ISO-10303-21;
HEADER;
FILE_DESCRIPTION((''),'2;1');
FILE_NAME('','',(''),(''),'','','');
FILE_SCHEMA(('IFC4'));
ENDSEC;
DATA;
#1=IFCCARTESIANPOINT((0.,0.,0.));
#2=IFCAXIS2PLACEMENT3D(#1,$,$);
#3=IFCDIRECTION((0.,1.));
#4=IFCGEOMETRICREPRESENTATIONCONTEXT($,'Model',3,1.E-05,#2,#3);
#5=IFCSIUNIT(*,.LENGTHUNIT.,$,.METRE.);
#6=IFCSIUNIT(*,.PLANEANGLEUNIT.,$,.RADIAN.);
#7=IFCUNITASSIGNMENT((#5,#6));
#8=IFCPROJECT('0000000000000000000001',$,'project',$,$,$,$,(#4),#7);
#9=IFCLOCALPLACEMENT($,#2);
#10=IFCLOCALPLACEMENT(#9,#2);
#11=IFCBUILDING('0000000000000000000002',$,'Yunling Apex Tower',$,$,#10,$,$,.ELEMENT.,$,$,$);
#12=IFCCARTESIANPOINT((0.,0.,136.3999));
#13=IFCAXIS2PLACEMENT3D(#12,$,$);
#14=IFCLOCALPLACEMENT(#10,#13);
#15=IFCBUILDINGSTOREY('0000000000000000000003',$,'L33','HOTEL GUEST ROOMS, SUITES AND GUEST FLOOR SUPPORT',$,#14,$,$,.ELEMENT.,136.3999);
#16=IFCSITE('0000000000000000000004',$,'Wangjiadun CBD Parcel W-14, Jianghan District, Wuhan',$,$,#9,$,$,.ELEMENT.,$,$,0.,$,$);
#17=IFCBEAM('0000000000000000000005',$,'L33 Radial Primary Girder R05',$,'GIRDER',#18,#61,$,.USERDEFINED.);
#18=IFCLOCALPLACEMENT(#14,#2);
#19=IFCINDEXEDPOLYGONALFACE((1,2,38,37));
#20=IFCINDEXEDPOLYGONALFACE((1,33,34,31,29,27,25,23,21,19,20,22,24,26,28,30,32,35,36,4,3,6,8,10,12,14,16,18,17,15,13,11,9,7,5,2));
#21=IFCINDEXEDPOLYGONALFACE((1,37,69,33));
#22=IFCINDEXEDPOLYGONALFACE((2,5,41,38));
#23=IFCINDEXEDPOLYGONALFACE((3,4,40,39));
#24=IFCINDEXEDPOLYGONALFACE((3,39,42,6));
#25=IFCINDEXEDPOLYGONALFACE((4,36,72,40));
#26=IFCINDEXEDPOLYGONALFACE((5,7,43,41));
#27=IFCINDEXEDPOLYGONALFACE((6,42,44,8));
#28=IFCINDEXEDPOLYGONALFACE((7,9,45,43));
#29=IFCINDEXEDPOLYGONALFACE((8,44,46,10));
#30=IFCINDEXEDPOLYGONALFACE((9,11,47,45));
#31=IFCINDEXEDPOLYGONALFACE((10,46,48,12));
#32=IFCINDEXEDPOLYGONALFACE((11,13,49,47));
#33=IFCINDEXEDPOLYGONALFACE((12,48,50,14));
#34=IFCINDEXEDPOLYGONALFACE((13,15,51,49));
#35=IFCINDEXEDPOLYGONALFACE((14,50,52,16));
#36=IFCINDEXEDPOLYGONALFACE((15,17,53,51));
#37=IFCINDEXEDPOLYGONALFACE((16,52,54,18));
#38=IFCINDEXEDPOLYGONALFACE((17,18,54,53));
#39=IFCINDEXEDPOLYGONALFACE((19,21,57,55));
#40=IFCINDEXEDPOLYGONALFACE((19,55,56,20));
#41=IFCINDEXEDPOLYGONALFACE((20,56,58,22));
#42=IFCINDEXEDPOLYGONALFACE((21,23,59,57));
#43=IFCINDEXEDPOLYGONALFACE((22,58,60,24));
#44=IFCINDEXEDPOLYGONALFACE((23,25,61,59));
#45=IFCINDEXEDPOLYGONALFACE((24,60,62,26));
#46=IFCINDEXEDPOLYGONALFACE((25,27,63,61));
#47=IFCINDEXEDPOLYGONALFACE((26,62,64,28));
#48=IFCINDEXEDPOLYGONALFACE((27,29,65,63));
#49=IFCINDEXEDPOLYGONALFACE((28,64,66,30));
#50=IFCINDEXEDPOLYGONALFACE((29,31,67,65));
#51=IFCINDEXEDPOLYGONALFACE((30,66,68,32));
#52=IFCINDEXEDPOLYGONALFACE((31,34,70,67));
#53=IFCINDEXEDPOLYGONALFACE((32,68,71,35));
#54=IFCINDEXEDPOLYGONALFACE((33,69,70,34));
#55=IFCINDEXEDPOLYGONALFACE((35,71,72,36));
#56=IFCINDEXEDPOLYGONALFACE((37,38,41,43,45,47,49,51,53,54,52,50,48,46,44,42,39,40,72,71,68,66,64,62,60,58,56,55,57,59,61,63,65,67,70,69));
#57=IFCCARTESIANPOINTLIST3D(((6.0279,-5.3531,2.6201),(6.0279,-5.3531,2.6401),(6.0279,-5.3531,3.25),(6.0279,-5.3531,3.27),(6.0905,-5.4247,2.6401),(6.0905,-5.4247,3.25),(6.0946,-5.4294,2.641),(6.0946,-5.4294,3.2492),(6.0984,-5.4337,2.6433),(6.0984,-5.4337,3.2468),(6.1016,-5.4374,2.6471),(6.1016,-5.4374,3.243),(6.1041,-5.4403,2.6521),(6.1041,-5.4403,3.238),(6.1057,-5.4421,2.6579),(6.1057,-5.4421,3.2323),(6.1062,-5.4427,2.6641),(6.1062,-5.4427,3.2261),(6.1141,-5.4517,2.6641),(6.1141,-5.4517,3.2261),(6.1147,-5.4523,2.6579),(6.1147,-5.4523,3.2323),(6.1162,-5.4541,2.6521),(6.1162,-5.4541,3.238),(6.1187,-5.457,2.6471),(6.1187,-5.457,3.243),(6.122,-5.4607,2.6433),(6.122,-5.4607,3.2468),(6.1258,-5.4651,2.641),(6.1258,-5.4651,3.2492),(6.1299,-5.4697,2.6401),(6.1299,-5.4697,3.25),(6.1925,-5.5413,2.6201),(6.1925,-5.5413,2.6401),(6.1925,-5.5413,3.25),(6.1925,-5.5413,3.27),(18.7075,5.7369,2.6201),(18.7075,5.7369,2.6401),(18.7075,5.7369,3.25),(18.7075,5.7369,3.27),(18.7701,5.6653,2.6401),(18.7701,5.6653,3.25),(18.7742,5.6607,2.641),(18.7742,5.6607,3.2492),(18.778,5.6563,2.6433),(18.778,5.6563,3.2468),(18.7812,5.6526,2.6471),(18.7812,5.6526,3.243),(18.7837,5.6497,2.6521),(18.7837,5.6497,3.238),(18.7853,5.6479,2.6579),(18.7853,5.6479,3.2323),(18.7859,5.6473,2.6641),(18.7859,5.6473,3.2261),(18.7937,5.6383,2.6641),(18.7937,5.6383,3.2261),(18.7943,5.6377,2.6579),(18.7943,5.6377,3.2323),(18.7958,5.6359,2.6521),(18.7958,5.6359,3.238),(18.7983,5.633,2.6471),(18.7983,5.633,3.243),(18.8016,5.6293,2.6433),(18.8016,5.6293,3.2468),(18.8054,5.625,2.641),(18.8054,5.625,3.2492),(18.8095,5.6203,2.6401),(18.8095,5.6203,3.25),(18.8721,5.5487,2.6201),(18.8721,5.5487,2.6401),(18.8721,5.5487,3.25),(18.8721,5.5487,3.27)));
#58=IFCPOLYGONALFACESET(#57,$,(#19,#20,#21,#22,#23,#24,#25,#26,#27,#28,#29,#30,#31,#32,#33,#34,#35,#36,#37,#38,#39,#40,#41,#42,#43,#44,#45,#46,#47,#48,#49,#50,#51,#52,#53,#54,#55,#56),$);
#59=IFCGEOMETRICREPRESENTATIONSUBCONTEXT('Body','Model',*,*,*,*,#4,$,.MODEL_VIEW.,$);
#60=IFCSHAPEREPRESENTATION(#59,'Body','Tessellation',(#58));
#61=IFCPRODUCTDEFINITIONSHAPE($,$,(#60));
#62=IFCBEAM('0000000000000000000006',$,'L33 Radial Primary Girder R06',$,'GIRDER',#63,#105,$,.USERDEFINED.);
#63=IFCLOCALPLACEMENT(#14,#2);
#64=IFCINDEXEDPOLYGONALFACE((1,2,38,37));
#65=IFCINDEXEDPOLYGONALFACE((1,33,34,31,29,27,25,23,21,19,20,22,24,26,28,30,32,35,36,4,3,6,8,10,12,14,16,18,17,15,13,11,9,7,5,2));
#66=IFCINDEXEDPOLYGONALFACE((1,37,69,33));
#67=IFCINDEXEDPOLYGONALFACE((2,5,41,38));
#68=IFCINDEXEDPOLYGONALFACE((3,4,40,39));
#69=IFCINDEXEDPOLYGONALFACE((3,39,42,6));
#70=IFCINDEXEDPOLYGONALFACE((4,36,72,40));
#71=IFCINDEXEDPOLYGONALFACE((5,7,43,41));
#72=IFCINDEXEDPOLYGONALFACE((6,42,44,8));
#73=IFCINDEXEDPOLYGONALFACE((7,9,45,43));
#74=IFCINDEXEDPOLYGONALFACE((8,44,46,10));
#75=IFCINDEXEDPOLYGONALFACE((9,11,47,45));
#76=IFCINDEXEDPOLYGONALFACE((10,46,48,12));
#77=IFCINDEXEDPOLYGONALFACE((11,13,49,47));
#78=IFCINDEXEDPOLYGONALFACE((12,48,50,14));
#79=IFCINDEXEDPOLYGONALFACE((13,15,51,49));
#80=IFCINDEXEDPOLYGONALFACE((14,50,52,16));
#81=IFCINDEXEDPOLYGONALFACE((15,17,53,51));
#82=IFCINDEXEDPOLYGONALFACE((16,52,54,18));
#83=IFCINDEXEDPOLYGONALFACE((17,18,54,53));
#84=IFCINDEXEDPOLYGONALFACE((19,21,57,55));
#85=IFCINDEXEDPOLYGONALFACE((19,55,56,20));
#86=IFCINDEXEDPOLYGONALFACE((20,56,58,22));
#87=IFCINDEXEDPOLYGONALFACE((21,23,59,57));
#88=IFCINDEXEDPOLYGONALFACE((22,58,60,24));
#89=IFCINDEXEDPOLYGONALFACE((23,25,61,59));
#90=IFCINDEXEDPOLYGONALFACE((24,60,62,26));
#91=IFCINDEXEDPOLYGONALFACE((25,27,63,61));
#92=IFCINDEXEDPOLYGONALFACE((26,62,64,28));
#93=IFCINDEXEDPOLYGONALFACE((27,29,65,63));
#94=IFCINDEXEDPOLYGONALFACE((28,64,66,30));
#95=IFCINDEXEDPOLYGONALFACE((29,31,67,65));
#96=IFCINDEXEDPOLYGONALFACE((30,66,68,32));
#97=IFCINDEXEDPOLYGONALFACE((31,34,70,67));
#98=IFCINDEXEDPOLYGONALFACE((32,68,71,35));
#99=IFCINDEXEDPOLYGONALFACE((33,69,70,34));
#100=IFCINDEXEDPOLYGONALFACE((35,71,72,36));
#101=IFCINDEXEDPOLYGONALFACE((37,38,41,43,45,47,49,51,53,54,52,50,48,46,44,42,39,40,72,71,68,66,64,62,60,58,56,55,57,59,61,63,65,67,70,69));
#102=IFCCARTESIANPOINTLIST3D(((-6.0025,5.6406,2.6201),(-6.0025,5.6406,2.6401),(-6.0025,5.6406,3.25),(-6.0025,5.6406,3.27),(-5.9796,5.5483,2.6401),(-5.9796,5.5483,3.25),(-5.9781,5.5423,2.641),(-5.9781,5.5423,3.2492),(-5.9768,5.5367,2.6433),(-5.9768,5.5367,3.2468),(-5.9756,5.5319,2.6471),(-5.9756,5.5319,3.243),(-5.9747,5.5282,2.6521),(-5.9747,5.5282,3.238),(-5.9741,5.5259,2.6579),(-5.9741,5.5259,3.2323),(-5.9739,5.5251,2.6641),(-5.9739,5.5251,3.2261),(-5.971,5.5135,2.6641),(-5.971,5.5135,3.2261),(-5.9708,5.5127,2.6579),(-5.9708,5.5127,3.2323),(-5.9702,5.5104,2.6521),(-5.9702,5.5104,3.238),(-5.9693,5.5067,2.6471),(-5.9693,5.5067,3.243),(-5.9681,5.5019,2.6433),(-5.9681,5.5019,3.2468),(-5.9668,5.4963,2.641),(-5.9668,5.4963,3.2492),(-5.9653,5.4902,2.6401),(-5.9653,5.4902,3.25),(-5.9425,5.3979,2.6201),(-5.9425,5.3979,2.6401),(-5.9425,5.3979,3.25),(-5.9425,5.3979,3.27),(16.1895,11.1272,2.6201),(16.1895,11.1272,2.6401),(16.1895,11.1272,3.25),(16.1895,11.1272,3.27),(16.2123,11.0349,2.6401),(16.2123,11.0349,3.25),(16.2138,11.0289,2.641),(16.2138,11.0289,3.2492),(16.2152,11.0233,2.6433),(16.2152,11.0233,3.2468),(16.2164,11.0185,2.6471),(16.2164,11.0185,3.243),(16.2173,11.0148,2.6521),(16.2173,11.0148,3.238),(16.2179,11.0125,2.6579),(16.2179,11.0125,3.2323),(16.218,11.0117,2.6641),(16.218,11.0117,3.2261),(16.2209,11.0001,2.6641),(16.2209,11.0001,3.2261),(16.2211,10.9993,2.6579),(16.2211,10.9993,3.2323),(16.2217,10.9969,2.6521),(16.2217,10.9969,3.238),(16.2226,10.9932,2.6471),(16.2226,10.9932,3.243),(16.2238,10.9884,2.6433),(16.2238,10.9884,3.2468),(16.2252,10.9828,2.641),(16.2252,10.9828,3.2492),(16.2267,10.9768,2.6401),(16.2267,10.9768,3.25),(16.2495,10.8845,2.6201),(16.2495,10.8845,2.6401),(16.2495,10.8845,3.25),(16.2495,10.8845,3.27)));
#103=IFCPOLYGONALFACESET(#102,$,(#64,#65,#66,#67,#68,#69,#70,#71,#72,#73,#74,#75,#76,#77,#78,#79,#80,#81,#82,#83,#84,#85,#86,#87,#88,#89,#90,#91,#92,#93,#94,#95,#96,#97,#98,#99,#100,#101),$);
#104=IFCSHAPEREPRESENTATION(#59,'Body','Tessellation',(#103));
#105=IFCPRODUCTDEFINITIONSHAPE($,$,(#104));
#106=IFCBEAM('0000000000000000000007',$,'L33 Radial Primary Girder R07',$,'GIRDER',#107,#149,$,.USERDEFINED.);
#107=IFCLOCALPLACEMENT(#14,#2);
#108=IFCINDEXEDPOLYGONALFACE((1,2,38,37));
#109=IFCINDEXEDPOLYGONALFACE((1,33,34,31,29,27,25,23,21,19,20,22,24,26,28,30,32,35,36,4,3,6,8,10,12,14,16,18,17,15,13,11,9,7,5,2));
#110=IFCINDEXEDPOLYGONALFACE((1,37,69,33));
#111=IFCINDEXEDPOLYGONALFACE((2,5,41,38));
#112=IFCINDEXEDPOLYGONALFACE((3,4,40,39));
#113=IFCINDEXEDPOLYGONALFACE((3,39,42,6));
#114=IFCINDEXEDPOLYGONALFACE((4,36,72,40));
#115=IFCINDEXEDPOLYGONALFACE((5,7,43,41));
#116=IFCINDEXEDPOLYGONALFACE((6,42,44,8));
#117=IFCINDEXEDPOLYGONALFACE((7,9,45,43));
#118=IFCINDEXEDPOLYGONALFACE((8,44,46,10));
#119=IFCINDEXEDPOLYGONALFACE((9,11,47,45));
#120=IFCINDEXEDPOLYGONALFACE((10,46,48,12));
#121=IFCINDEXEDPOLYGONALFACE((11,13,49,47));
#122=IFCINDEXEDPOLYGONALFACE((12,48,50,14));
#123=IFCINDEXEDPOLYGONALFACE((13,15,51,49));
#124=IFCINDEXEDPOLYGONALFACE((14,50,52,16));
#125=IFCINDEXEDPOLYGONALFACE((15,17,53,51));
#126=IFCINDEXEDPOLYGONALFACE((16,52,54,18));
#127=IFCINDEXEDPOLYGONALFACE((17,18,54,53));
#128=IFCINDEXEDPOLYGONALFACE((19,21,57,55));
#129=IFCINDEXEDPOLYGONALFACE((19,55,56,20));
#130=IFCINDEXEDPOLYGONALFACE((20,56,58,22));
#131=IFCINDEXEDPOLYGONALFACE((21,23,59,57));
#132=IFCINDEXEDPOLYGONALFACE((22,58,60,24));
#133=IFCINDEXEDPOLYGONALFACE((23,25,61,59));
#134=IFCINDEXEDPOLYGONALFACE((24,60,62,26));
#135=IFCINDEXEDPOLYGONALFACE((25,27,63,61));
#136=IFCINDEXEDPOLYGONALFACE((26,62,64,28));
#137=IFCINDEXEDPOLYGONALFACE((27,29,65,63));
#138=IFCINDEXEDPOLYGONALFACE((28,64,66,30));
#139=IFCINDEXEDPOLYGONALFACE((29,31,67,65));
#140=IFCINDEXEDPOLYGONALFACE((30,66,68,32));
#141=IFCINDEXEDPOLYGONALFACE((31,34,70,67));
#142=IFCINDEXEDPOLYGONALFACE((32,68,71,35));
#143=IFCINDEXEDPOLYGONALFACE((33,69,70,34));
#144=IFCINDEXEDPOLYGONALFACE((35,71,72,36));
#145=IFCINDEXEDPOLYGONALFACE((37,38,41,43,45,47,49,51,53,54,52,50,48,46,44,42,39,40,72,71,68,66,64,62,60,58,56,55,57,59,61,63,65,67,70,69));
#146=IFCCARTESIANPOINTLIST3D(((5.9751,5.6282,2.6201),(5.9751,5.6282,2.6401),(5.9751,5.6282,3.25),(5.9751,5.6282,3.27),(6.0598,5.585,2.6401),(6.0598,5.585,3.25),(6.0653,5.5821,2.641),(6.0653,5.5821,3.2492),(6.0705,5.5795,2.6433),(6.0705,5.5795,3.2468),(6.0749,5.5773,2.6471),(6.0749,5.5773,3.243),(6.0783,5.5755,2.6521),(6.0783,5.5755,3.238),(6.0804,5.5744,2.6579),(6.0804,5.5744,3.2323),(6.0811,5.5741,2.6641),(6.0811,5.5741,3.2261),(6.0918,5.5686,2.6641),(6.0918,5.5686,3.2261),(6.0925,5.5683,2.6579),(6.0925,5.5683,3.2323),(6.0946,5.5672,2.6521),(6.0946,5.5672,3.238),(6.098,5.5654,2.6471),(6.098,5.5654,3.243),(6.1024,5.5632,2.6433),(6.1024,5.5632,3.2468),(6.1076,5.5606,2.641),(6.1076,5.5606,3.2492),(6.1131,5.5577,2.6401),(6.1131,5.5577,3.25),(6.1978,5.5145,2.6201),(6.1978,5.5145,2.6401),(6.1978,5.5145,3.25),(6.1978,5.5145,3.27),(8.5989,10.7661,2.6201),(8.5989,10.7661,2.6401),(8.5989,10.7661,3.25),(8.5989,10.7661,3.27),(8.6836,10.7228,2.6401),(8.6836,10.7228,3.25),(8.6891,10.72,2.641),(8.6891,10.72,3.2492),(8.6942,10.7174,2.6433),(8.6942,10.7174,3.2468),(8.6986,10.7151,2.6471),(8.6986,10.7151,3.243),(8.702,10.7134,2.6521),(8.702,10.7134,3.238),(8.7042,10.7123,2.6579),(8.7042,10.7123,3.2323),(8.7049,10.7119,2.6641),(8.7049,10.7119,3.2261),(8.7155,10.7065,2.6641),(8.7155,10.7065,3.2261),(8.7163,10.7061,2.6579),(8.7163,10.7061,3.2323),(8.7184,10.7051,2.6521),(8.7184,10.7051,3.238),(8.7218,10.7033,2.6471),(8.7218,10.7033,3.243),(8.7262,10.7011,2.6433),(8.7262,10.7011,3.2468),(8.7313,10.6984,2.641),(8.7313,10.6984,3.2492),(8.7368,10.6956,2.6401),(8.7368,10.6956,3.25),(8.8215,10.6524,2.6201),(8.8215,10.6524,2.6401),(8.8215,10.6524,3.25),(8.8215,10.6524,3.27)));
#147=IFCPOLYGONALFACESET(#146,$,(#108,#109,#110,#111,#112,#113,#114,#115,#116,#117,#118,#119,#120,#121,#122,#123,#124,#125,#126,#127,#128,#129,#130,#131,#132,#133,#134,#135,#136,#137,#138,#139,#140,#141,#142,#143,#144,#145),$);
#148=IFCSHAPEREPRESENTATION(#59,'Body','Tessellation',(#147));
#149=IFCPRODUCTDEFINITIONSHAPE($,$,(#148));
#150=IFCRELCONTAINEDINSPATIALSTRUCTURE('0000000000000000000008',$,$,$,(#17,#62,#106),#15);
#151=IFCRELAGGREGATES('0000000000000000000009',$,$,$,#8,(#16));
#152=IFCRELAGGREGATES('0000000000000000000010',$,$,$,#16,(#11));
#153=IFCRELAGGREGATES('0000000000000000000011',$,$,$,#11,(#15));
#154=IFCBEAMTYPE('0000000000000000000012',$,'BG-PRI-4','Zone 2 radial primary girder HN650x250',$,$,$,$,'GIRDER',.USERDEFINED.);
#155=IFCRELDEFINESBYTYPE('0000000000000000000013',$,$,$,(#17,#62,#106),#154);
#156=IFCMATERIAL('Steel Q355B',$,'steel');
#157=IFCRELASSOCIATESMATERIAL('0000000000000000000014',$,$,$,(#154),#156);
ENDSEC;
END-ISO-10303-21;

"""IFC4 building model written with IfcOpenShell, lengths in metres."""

from ifc_helpers import new_model, si_unit, direction, frame, origin, origin_2d, place, context, subcontext, project, spatial, i_section, extrude, source, transform, mapped, material, material_profile, profile_set, type_object, element, save


model = new_model("IFC4")

# Units and contexts
model_context = context("Model", 3, precision=1e-05, world=origin(), true_north=direction((0.0, 1.0)))
body_context = subcontext(model_context, "Body", "Model", "MODEL_VIEW")
ifc_project = project(units=[si_unit("LENGTHUNIT", "METRE"), si_unit("PLANEANGLEUNIT", "RADIAN")], contexts=[model_context])

# Site, building, storey
site_placement = place(None, origin())
site = spatial("IfcSite", under=ifc_project, at=site_placement, Name="Wangjiadun CBD Parcel W-14, Jianghan District, Wuhan", CompositionType="ELEMENT", RefElevation=0.0)
building_placement = place(site_placement, origin())
building = spatial("IfcBuilding", under=site, at=building_placement, Name="Yunling Apex Tower", CompositionType="ELEMENT")
storey_placement = place(building_placement, frame((0.0, 0.0, 136.3999)))
storey = spatial("IfcBuildingStorey", under=building, at=storey_placement, Name="L33", Description="HOTEL GUEST ROOMS, SUITES AND GUEST FLOOR SUPPORT", CompositionType="ELEMENT", Elevation=136.3999)

# Beams
ifc_material_1 = material(Name="Steel Q355B", Category="steel")
ifc_material_profile_1 = material_profile(ifc_material_1, i_section(OverallWidth=0.25, OverallDepth=0.6499, WebThickness=0.012, FlangeThickness=0.02, FilletRadius=0.0239, at=origin_2d()))
ifc_profile_set_1 = profile_set([ifc_material_profile_1], Name="Steel Q355B")
beam_type_1 = type_object("IfcBeamType", Name="BG-PRI-4", Description="Zone 2 radial primary girder HN650x250", ElementType="GIRDER", PredefinedType="USERDEFINED", material=ifc_profile_set_1)
shared_shape_1 = source(origin(), body_context, "Body", "SweptSolid", [
    extrude(i_section(OverallWidth=0.25, OverallDepth=0.6499, WebThickness=0.012, FlangeThickness=0.02, FilletRadius=0.0239, at=origin_2d()), origin(), (0.0, 0.0, 1.0), 16.8452),
])
beam_1_placement = place(storey_placement, frame((18.7898, 5.6428, 2.9451), z_axis=(-0.752713, -0.658349, 0.0), x_axis=(0.658349, -0.752713, 0.0)))
element("IfcBeam", 1, at=beam_1_placement, inside=storey, type_object=beam_type_1, Name="L33 Radial Primary Girder R05", ObjectType="GIRDER", PredefinedType="USERDEFINED", context=body_context, shape_type="MappedRepresentation", body=[
    mapped(shared_shape_1, transform((0.0, 0.0, 0.0), scale=1.0)),
])
shared_shape_2 = source(origin(), body_context, "Body", "SweptSolid", [
    extrude(i_section(OverallWidth=0.25, OverallDepth=0.6499, WebThickness=0.012, FlangeThickness=0.02, FilletRadius=0.0239, at=origin_2d()), origin(), (0.0, 0.0, 1.0), 22.8601),
])
beam_2_placement = place(storey_placement, frame((16.2195, 11.0059, 2.9451), z_axis=(-0.970771, -0.240007, 0.0), x_axis=(0.240007, -0.970771, 0.0)))
element("IfcBeam", 2, at=beam_2_placement, inside=storey, type_object=beam_type_1, Name="L33 Radial Primary Girder R06", ObjectType="GIRDER", PredefinedType="USERDEFINED", context=body_context, shape_type="MappedRepresentation", body=[
    mapped(shared_shape_2, transform((0.0, 0.0, 0.0), scale=1.0)),
])
shared_shape_3 = source(origin(), body_context, "Body", "SweptSolid", [
    extrude(i_section(OverallWidth=0.25, OverallDepth=0.6499, WebThickness=0.012, FlangeThickness=0.02, FilletRadius=0.0239, at=origin_2d()), origin(), (0.0, 0.0, 1.0), 5.769),
])
beam_3_placement = place(storey_placement, frame((8.7102, 10.7092, 2.9451), z_axis=(-0.454798, -0.890595, 0.0), x_axis=(0.890595, -0.454798, 0.0)))
element("IfcBeam", 3, at=beam_3_placement, inside=storey, type_object=beam_type_1, Name="L33 Radial Primary Girder R07", ObjectType="GIRDER", PredefinedType="USERDEFINED", context=body_context, shape_type="MappedRepresentation", body=[
    mapped(shared_shape_3, transform((0.0, 0.0, 0.0), scale=1.0)),
])

save(model, "model.ifc")
